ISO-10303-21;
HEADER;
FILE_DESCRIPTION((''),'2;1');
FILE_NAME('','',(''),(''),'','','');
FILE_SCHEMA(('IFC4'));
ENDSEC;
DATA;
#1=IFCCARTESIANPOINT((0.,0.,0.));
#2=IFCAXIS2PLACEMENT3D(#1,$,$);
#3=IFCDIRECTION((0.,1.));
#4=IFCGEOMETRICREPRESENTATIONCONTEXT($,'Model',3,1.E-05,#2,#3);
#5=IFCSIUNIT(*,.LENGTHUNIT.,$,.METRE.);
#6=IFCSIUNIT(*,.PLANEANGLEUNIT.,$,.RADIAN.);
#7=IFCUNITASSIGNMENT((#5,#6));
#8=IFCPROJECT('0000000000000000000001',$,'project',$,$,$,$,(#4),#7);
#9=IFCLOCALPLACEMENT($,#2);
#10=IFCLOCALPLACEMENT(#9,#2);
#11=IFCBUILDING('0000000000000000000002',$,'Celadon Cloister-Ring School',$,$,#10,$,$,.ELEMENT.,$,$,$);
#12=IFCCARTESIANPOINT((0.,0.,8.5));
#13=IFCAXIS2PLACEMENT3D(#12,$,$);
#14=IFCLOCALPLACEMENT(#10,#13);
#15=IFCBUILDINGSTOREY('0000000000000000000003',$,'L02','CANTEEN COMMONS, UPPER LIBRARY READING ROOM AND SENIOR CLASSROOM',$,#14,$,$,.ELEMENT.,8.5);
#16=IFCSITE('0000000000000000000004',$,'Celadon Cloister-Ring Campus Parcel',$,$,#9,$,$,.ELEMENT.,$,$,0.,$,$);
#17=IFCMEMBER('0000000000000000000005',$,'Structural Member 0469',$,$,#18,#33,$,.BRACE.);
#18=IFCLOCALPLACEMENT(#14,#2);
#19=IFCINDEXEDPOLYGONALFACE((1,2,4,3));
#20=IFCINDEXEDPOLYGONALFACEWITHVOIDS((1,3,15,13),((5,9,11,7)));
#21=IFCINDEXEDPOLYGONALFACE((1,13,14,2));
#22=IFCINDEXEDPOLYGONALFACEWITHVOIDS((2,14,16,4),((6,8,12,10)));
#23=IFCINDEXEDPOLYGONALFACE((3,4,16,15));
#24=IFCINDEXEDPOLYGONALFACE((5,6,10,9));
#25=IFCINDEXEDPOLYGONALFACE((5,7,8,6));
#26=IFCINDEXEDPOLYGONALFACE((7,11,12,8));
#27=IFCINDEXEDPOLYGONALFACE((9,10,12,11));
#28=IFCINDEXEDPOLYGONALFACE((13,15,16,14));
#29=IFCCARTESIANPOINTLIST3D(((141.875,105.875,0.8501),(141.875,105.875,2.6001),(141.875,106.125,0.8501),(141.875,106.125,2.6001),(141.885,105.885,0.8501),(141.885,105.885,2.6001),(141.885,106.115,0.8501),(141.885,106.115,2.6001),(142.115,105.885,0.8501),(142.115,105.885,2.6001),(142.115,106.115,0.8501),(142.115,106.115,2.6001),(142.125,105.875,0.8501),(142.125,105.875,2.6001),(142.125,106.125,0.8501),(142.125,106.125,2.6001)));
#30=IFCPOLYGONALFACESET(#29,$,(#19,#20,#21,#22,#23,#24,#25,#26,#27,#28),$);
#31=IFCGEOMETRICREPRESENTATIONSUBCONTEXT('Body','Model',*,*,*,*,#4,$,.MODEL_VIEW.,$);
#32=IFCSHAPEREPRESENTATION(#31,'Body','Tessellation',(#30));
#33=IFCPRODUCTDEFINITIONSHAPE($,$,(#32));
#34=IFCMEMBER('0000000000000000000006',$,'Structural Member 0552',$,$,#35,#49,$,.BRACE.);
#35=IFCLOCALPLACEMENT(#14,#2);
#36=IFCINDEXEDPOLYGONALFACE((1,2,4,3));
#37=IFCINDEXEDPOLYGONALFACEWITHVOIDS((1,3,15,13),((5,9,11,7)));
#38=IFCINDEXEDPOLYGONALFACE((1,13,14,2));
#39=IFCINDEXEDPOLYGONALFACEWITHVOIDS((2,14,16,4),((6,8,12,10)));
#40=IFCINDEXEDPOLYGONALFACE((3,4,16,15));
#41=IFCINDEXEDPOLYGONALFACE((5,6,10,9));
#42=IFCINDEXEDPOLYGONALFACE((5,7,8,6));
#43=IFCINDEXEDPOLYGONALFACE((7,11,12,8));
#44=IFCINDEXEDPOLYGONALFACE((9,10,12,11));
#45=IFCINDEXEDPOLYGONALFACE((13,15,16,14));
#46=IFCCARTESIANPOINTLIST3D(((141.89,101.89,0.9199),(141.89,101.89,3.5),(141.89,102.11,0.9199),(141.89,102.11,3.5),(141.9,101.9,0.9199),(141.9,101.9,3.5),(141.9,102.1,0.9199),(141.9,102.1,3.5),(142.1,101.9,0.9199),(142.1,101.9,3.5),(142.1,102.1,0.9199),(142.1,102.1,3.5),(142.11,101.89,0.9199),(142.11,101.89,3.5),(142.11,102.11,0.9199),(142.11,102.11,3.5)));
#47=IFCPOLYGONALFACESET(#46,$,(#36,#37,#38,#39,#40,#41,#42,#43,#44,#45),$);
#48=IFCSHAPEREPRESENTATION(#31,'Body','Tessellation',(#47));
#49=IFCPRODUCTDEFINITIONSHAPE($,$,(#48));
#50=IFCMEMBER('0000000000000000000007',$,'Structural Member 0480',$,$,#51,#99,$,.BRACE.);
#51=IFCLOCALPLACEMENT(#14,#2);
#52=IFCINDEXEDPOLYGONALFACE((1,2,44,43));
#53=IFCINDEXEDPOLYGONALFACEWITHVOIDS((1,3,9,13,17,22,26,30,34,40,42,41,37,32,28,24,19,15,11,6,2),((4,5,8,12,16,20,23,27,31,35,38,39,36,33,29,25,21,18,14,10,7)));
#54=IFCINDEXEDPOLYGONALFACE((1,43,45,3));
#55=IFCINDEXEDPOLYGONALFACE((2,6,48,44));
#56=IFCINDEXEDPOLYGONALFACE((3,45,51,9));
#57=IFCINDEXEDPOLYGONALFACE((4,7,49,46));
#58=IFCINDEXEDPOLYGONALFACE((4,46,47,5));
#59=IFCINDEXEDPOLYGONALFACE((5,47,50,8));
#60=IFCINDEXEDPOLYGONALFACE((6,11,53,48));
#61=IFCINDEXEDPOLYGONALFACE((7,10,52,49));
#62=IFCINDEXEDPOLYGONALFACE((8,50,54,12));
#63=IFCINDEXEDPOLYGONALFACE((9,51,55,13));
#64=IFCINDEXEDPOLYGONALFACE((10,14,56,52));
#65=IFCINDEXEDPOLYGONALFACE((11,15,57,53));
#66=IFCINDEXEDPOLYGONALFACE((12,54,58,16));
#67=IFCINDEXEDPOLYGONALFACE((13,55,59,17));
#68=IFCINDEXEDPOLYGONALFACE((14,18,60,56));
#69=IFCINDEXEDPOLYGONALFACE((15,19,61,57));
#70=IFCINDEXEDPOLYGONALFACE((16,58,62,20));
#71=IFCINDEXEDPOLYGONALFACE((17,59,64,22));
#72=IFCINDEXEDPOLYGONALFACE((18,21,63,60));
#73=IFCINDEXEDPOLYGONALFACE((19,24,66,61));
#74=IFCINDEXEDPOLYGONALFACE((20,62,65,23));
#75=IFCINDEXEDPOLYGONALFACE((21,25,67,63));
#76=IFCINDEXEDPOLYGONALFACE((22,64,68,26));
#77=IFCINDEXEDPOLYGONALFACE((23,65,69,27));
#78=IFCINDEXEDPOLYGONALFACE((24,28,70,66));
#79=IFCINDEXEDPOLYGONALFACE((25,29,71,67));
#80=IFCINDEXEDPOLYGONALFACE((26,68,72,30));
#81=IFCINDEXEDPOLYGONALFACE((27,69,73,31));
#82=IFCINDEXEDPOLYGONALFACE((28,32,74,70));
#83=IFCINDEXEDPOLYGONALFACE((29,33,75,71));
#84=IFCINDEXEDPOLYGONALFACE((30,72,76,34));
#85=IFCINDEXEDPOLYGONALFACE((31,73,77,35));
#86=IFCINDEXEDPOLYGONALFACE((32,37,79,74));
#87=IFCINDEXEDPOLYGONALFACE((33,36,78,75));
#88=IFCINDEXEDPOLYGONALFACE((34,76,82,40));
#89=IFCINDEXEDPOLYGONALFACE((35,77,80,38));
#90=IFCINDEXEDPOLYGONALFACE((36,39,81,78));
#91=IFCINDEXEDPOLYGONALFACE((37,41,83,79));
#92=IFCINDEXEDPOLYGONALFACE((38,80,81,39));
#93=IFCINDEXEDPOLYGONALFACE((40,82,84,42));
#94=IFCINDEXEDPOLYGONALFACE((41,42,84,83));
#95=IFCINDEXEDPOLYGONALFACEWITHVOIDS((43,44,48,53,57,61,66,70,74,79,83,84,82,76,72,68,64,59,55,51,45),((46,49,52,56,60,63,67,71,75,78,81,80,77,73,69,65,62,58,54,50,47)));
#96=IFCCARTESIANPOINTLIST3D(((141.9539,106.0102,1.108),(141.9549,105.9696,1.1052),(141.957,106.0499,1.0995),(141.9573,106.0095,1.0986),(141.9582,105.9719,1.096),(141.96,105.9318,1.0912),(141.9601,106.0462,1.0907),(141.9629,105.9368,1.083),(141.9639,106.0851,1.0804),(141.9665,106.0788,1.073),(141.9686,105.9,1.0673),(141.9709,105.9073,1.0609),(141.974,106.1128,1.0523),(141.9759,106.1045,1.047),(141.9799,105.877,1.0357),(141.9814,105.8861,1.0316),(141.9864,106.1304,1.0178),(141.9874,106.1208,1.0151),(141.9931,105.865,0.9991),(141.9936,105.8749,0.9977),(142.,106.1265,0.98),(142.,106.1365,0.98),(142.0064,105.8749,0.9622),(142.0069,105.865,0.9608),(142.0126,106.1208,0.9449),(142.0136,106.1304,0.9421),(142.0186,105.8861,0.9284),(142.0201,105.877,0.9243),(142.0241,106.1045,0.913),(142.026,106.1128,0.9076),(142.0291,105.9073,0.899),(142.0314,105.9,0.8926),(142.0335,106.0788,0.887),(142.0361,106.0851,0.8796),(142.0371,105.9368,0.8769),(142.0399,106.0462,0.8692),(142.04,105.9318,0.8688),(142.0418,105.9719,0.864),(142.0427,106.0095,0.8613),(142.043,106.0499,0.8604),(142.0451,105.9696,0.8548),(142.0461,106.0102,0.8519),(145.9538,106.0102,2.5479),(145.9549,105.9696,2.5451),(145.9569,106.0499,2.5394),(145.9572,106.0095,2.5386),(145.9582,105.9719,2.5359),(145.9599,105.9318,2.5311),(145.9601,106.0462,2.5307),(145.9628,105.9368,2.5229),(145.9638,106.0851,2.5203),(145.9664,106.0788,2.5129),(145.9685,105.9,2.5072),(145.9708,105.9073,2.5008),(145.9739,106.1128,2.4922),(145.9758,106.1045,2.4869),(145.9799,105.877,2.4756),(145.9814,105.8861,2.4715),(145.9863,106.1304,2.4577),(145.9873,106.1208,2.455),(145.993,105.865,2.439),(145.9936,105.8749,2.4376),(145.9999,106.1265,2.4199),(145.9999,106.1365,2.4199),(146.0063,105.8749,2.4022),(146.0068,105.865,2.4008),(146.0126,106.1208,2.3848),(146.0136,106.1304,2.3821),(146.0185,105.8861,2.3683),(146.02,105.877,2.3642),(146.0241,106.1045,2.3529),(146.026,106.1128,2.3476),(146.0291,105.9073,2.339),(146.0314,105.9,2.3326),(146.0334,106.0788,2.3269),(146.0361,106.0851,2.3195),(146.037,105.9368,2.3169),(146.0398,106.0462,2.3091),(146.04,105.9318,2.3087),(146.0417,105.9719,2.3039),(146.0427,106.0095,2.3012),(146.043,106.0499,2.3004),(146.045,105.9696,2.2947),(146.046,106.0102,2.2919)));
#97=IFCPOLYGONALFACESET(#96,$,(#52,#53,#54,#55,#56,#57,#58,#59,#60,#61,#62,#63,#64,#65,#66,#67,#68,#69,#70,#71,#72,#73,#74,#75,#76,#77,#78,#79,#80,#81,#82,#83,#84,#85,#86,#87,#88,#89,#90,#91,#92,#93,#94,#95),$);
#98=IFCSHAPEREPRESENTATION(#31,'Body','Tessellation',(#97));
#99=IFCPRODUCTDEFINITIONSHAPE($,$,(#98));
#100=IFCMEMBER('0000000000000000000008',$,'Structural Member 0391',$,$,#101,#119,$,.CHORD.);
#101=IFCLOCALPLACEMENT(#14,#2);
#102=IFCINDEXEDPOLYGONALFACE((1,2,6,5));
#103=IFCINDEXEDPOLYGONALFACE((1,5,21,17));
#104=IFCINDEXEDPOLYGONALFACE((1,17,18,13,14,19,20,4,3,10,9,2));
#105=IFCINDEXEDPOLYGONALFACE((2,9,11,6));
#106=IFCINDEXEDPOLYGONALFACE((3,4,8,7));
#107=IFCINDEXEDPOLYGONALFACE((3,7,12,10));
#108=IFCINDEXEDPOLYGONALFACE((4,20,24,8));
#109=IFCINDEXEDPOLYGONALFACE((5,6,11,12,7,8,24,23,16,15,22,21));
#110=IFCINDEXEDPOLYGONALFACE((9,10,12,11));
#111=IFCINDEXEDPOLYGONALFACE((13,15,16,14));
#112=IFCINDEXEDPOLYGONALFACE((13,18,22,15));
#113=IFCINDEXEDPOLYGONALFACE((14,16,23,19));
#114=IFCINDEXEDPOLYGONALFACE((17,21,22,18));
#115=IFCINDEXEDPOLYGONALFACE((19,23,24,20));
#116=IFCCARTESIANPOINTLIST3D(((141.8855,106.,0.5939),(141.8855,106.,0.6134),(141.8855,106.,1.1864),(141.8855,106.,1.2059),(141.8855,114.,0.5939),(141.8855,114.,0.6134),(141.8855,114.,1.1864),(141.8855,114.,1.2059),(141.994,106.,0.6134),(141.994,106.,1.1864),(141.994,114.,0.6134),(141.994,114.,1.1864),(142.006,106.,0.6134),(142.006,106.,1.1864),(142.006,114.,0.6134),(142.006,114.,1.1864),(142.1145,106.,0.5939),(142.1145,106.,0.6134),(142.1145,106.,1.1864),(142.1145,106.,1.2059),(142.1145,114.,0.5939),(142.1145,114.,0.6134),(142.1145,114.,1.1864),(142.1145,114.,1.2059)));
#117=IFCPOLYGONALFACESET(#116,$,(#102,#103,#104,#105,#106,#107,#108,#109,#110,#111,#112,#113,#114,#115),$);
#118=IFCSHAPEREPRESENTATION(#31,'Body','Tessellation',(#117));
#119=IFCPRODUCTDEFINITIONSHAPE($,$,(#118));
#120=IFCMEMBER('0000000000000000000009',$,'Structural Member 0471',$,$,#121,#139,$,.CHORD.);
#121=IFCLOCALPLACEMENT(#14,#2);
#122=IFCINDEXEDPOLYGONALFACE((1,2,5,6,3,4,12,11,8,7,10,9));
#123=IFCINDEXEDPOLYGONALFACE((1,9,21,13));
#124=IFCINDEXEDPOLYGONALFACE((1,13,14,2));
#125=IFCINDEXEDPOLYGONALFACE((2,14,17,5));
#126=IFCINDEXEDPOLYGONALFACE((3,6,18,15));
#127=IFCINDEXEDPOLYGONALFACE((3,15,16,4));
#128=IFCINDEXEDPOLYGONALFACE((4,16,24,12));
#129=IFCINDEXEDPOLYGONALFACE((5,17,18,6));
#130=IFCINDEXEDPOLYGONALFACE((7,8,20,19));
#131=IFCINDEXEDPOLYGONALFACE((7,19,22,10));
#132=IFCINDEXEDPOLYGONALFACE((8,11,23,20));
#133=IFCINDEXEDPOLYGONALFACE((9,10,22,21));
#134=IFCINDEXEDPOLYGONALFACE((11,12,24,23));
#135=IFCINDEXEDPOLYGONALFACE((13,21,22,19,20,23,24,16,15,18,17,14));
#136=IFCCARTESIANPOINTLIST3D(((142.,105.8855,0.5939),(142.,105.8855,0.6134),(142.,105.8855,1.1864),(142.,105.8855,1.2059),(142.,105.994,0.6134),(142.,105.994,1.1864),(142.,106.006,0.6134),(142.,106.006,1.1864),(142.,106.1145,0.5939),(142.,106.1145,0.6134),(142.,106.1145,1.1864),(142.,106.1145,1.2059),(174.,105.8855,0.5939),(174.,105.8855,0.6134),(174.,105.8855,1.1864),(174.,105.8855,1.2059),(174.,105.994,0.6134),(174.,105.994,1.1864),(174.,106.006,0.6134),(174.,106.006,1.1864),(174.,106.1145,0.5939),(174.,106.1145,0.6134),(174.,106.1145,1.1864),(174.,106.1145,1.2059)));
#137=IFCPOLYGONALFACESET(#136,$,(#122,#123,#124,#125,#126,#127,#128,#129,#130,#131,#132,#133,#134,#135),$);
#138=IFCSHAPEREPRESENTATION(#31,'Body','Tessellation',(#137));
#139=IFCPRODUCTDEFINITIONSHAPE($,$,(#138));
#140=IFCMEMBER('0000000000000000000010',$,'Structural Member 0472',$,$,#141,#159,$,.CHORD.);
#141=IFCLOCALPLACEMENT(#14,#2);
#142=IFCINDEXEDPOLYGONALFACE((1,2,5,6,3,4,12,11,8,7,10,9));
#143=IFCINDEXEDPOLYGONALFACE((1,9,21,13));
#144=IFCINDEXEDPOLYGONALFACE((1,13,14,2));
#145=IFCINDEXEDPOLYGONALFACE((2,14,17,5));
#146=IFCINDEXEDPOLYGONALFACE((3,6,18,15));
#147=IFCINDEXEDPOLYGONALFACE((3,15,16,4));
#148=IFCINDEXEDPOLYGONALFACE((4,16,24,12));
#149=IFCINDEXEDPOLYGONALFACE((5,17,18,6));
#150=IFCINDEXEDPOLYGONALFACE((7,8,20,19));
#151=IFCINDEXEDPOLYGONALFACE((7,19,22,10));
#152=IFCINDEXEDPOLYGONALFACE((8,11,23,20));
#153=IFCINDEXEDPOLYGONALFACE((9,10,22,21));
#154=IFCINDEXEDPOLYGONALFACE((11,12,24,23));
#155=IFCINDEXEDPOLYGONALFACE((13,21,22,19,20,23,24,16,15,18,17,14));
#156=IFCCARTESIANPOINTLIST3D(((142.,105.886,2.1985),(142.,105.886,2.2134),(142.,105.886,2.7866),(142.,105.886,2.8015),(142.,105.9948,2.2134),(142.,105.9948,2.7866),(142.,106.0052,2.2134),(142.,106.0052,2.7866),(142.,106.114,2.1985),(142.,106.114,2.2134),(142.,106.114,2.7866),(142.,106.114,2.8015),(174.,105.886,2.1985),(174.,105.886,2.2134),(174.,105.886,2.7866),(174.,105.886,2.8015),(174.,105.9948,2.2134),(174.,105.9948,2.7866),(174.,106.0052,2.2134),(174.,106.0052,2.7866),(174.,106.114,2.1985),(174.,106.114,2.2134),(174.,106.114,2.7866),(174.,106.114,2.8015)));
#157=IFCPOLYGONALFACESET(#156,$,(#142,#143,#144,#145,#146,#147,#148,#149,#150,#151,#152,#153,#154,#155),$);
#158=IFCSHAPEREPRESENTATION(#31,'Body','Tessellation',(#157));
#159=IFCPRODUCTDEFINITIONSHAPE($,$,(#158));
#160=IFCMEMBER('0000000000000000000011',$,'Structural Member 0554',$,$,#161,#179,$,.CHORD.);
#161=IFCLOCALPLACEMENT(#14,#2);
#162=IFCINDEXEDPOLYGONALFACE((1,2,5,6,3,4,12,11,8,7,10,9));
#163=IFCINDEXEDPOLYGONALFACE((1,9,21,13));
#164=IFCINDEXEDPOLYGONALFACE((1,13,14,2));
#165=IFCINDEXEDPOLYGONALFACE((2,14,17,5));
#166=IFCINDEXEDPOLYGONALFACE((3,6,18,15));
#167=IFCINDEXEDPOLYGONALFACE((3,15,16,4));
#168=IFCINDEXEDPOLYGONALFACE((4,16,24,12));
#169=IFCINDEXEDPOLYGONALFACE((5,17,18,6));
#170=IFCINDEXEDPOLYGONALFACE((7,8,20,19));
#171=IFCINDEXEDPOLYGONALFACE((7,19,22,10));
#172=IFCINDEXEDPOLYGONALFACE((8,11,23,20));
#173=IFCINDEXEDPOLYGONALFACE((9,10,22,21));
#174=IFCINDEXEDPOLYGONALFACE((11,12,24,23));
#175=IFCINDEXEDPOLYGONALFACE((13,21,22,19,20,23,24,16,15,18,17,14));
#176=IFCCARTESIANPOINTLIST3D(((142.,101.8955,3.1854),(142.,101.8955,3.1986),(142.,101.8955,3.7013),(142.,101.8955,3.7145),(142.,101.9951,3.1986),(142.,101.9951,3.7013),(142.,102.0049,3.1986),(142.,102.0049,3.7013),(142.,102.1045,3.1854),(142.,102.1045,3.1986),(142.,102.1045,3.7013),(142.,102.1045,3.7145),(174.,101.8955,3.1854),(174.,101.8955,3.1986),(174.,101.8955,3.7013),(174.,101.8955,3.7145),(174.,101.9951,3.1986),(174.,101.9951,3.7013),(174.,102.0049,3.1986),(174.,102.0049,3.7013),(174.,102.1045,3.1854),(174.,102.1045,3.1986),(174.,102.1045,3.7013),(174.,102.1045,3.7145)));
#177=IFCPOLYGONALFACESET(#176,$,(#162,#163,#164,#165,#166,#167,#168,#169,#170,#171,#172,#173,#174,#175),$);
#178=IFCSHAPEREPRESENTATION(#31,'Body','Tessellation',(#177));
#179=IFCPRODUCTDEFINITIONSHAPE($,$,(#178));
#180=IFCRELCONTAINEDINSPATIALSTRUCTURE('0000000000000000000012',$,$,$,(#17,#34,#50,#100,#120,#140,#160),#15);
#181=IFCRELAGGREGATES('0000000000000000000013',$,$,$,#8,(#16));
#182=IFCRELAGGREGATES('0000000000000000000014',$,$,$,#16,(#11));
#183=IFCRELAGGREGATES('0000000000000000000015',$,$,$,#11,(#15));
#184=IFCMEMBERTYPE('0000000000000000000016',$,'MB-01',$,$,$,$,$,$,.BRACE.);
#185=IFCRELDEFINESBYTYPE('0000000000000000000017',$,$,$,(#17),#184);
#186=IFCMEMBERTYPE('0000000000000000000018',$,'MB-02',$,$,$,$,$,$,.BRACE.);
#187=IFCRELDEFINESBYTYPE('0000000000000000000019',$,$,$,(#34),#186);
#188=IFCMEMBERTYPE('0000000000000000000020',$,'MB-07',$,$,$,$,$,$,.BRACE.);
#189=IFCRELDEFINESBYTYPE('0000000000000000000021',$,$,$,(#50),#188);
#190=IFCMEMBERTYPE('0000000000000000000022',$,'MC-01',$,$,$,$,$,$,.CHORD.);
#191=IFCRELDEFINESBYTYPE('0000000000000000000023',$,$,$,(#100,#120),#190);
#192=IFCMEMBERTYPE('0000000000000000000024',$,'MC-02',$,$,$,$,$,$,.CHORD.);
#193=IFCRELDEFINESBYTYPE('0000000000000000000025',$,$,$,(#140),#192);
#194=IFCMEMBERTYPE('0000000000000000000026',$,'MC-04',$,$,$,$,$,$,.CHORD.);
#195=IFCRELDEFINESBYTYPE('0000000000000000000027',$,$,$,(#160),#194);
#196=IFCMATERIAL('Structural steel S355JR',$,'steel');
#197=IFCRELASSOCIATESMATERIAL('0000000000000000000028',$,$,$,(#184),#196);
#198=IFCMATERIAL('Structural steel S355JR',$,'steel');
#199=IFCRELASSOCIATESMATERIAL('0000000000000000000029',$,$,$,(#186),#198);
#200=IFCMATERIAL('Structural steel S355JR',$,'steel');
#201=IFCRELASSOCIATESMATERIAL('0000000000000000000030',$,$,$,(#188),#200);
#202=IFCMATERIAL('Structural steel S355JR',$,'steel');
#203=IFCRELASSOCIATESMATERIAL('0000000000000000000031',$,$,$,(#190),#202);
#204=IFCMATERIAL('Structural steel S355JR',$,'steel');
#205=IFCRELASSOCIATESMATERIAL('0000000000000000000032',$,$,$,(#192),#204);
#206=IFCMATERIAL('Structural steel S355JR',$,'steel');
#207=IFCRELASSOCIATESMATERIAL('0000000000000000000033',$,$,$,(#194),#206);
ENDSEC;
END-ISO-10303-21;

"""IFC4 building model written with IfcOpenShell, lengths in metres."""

from ifc_helpers import new_model, si_unit, direction, frame, origin, origin_2d, place, context, subcontext, project, spatial, hollow_rectangle, hollow_circle, i_section, extrude, material, material_profile, profile_set, type_object, element, save


model = new_model("IFC4")

# Units and contexts
model_context = context("Model", 3, precision=1e-05, world=origin(), true_north=direction((0.0, 1.0)))
body_context = subcontext(model_context, "Body", "Model", "MODEL_VIEW")
ifc_project = project(units=[si_unit("LENGTHUNIT", "METRE"), si_unit("PLANEANGLEUNIT", "RADIAN")], contexts=[model_context])

# Site, building, storey
site_placement = place(None, origin())
site = spatial("IfcSite", under=ifc_project, at=site_placement, Name="Celadon Cloister-Ring Campus Parcel", CompositionType="ELEMENT", RefElevation=0.0)
building_placement = place(site_placement, origin())
building = spatial("IfcBuilding", under=site, at=building_placement, Name="Celadon Cloister-Ring School", CompositionType="ELEMENT")
storey_placement = place(building_placement, frame((0.0, 0.0, 8.5)))
storey = spatial("IfcBuildingStorey", under=building, at=storey_placement, Name="L02", Description="CANTEEN COMMONS, UPPER LIBRARY READING ROOM AND SENIOR CLASSROOM", CompositionType="ELEMENT", Elevation=8.5)

# Members
ifc_material_1 = material(Name="Structural steel S355JR", Category="steel")
ifc_material_profile_1 = material_profile(ifc_material_1, hollow_rectangle(XDim=0.25, YDim=0.25, WallThickness=0.01, at=origin_2d()), Name="HSS250X250X10")
ifc_profile_set_1 = profile_set([ifc_material_profile_1], Name="Structural steel S355JR")
member_type_1 = type_object("IfcMemberType", Name="MB-01", PredefinedType="BRACE", material=ifc_profile_set_1)
member_1_placement = place(storey_placement, frame((142.0, 106.0, 0.8501), z_axis=(0.0, 0.0, 1.0), x_axis=(1.0, 0.0, 0.0)))
element("IfcMember", 1, at=member_1_placement, inside=storey, type_object=member_type_1, Name="Structural Member 0469", PredefinedType="BRACE", context=body_context, shape_type="SweptSolid", body=[
    extrude(hollow_rectangle(XDim=0.25, YDim=0.25, WallThickness=0.01, at=origin_2d()), origin(), (0.0, 0.0, 1.0), 1.75),
])
ifc_material_2 = material(Name="Structural steel S355JR", Category="steel")
ifc_material_profile_2 = material_profile(ifc_material_2, hollow_rectangle(XDim=0.22, YDim=0.22, WallThickness=0.01, at=origin_2d()), Name="HSS220X220X10")
ifc_profile_set_2 = profile_set([ifc_material_profile_2], Name="Structural steel S355JR")
member_type_2 = type_object("IfcMemberType", Name="MB-02", PredefinedType="BRACE", material=ifc_profile_set_2)
member_2_placement = place(storey_placement, frame((142.0, 102.0, 0.9199), z_axis=(0.0, 0.0, 1.0), x_axis=(1.0, 0.0, 0.0)))
element("IfcMember", 2, at=member_2_placement, inside=storey, type_object=member_type_2, Name="Structural Member 0552", PredefinedType="BRACE", context=body_context, shape_type="SweptSolid", body=[
    extrude(hollow_rectangle(XDim=0.22, YDim=0.22, WallThickness=0.01, at=origin_2d()), origin(), (0.0, 0.0, 1.0), 2.5801),
])
ifc_material_3 = material(Name="Structural steel S355JR", Category="steel")
ifc_material_profile_3 = material_profile(ifc_material_3, hollow_circle(Radius=0.1365, WallThickness=0.01, at=origin_2d()), Name="CHS273.0X10")
ifc_profile_set_3 = profile_set([ifc_material_profile_3], Name="Structural steel S355JR")
member_type_3 = type_object("IfcMemberType", Name="MB-07", PredefinedType="BRACE", material=ifc_profile_set_3)
member_3_placement = place(storey_placement, frame((142.0, 106.0, 0.98), z_axis=(0.940892, 0.0, 0.338707), x_axis=(0.0, 1.0, 0.0)))
element("IfcMember", 3, at=member_3_placement, inside=storey, type_object=member_type_3, Name="Structural Member 0480", PredefinedType="BRACE", context=body_context, shape_type="SweptSolid", body=[
    extrude(hollow_circle(Radius=0.1365, WallThickness=0.01, at=origin_2d()), origin(), (0.0, 0.0, 1.0), 4.2512),
])
ifc_material_4 = material(Name="Structural steel S355JR", Category="steel")
ifc_material_profile_4 = material_profile(ifc_material_4, i_section(OverallWidth=0.229, OverallDepth=0.6121, WebThickness=0.012, FlangeThickness=0.0195, at=origin_2d()), Name="W610X125")
ifc_profile_set_4 = profile_set([ifc_material_profile_4], Name="Structural steel S355JR")
member_type_4 = type_object("IfcMemberType", Name="MC-01", PredefinedType="CHORD", material=ifc_profile_set_4)
member_4_placement = place(storey_placement, frame((142.0, 106.0, 0.8999), z_axis=(0.0, 1.0, 0.0), x_axis=(-1.0, 0.0, 0.0)))
element("IfcMember", 4, at=member_4_placement, inside=storey, type_object=member_type_4, Name="Structural Member 0391", PredefinedType="CHORD", context=body_context, shape_type="SweptSolid", body=[
    extrude(i_section(OverallWidth=0.229, OverallDepth=0.6121, WebThickness=0.012, FlangeThickness=0.0195, at=origin_2d()), origin(), (0.0, 0.0, 1.0), 8.0),
])
member_5_placement = place(storey_placement, frame((142.0, 106.0, 0.8999), z_axis=(1.0, 0.0, 0.0), x_axis=(0.0, 1.0, 0.0)))
element("IfcMember", 5, at=member_5_placement, inside=storey, type_object=member_type_4, Name="Structural Member 0471", PredefinedType="CHORD", context=body_context, shape_type="SweptSolid", body=[
    extrude(i_section(OverallWidth=0.229, OverallDepth=0.6121, WebThickness=0.012, FlangeThickness=0.0195, at=origin_2d()), origin(), (0.0, 0.0, 1.0), 32.0),
])
ifc_material_5 = material(Name="Structural steel S355JR", Category="steel")
ifc_material_profile_5 = material_profile(ifc_material_5, i_section(OverallWidth=0.228, OverallDepth=0.603, WebThickness=0.0105, FlangeThickness=0.0149, at=origin_2d()), Name="W610X101")
ifc_profile_set_5 = profile_set([ifc_material_profile_5], Name="Structural steel S355JR")
member_type_5 = type_object("IfcMemberType", Name="MC-02", PredefinedType="CHORD", material=ifc_profile_set_5)
member_6_placement = place(storey_placement, frame((142.0, 106.0, 2.5), z_axis=(1.0, 0.0, 0.0), x_axis=(0.0, 1.0, 0.0)))
element("IfcMember", 6, at=member_6_placement, inside=storey, type_object=member_type_5, Name="Structural Member 0472", PredefinedType="CHORD", context=body_context, shape_type="SweptSolid", body=[
    extrude(i_section(OverallWidth=0.228, OverallDepth=0.603, WebThickness=0.0105, FlangeThickness=0.0149, at=origin_2d()), origin(), (0.0, 0.0, 1.0), 32.0),
])
ifc_material_6 = material(Name="Structural steel S355JR", Category="steel")
ifc_material_profile_6 = material_profile(ifc_material_6, i_section(OverallWidth=0.209, OverallDepth=0.5291, WebThickness=0.0098, FlangeThickness=0.0132, at=origin_2d()), Name="W530X74")
ifc_profile_set_6 = profile_set([ifc_material_profile_6], Name="Structural steel S355JR")
member_type_6 = type_object("IfcMemberType", Name="MC-04", PredefinedType="CHORD", material=ifc_profile_set_6)
member_7_placement = place(storey_placement, frame((142.0, 102.0, 3.45), z_axis=(1.0, 0.0, 0.0), x_axis=(0.0, 1.0, 0.0)))
element("IfcMember", 7, at=member_7_placement, inside=storey, type_object=member_type_6, Name="Structural Member 0554", PredefinedType="CHORD", context=body_context, shape_type="SweptSolid", body=[
    extrude(i_section(OverallWidth=0.209, OverallDepth=0.5291, WebThickness=0.0098, FlangeThickness=0.0132, at=origin_2d()), origin(), (0.0, 0.0, 1.0), 32.0),
])

save(model, "model.ifc")
